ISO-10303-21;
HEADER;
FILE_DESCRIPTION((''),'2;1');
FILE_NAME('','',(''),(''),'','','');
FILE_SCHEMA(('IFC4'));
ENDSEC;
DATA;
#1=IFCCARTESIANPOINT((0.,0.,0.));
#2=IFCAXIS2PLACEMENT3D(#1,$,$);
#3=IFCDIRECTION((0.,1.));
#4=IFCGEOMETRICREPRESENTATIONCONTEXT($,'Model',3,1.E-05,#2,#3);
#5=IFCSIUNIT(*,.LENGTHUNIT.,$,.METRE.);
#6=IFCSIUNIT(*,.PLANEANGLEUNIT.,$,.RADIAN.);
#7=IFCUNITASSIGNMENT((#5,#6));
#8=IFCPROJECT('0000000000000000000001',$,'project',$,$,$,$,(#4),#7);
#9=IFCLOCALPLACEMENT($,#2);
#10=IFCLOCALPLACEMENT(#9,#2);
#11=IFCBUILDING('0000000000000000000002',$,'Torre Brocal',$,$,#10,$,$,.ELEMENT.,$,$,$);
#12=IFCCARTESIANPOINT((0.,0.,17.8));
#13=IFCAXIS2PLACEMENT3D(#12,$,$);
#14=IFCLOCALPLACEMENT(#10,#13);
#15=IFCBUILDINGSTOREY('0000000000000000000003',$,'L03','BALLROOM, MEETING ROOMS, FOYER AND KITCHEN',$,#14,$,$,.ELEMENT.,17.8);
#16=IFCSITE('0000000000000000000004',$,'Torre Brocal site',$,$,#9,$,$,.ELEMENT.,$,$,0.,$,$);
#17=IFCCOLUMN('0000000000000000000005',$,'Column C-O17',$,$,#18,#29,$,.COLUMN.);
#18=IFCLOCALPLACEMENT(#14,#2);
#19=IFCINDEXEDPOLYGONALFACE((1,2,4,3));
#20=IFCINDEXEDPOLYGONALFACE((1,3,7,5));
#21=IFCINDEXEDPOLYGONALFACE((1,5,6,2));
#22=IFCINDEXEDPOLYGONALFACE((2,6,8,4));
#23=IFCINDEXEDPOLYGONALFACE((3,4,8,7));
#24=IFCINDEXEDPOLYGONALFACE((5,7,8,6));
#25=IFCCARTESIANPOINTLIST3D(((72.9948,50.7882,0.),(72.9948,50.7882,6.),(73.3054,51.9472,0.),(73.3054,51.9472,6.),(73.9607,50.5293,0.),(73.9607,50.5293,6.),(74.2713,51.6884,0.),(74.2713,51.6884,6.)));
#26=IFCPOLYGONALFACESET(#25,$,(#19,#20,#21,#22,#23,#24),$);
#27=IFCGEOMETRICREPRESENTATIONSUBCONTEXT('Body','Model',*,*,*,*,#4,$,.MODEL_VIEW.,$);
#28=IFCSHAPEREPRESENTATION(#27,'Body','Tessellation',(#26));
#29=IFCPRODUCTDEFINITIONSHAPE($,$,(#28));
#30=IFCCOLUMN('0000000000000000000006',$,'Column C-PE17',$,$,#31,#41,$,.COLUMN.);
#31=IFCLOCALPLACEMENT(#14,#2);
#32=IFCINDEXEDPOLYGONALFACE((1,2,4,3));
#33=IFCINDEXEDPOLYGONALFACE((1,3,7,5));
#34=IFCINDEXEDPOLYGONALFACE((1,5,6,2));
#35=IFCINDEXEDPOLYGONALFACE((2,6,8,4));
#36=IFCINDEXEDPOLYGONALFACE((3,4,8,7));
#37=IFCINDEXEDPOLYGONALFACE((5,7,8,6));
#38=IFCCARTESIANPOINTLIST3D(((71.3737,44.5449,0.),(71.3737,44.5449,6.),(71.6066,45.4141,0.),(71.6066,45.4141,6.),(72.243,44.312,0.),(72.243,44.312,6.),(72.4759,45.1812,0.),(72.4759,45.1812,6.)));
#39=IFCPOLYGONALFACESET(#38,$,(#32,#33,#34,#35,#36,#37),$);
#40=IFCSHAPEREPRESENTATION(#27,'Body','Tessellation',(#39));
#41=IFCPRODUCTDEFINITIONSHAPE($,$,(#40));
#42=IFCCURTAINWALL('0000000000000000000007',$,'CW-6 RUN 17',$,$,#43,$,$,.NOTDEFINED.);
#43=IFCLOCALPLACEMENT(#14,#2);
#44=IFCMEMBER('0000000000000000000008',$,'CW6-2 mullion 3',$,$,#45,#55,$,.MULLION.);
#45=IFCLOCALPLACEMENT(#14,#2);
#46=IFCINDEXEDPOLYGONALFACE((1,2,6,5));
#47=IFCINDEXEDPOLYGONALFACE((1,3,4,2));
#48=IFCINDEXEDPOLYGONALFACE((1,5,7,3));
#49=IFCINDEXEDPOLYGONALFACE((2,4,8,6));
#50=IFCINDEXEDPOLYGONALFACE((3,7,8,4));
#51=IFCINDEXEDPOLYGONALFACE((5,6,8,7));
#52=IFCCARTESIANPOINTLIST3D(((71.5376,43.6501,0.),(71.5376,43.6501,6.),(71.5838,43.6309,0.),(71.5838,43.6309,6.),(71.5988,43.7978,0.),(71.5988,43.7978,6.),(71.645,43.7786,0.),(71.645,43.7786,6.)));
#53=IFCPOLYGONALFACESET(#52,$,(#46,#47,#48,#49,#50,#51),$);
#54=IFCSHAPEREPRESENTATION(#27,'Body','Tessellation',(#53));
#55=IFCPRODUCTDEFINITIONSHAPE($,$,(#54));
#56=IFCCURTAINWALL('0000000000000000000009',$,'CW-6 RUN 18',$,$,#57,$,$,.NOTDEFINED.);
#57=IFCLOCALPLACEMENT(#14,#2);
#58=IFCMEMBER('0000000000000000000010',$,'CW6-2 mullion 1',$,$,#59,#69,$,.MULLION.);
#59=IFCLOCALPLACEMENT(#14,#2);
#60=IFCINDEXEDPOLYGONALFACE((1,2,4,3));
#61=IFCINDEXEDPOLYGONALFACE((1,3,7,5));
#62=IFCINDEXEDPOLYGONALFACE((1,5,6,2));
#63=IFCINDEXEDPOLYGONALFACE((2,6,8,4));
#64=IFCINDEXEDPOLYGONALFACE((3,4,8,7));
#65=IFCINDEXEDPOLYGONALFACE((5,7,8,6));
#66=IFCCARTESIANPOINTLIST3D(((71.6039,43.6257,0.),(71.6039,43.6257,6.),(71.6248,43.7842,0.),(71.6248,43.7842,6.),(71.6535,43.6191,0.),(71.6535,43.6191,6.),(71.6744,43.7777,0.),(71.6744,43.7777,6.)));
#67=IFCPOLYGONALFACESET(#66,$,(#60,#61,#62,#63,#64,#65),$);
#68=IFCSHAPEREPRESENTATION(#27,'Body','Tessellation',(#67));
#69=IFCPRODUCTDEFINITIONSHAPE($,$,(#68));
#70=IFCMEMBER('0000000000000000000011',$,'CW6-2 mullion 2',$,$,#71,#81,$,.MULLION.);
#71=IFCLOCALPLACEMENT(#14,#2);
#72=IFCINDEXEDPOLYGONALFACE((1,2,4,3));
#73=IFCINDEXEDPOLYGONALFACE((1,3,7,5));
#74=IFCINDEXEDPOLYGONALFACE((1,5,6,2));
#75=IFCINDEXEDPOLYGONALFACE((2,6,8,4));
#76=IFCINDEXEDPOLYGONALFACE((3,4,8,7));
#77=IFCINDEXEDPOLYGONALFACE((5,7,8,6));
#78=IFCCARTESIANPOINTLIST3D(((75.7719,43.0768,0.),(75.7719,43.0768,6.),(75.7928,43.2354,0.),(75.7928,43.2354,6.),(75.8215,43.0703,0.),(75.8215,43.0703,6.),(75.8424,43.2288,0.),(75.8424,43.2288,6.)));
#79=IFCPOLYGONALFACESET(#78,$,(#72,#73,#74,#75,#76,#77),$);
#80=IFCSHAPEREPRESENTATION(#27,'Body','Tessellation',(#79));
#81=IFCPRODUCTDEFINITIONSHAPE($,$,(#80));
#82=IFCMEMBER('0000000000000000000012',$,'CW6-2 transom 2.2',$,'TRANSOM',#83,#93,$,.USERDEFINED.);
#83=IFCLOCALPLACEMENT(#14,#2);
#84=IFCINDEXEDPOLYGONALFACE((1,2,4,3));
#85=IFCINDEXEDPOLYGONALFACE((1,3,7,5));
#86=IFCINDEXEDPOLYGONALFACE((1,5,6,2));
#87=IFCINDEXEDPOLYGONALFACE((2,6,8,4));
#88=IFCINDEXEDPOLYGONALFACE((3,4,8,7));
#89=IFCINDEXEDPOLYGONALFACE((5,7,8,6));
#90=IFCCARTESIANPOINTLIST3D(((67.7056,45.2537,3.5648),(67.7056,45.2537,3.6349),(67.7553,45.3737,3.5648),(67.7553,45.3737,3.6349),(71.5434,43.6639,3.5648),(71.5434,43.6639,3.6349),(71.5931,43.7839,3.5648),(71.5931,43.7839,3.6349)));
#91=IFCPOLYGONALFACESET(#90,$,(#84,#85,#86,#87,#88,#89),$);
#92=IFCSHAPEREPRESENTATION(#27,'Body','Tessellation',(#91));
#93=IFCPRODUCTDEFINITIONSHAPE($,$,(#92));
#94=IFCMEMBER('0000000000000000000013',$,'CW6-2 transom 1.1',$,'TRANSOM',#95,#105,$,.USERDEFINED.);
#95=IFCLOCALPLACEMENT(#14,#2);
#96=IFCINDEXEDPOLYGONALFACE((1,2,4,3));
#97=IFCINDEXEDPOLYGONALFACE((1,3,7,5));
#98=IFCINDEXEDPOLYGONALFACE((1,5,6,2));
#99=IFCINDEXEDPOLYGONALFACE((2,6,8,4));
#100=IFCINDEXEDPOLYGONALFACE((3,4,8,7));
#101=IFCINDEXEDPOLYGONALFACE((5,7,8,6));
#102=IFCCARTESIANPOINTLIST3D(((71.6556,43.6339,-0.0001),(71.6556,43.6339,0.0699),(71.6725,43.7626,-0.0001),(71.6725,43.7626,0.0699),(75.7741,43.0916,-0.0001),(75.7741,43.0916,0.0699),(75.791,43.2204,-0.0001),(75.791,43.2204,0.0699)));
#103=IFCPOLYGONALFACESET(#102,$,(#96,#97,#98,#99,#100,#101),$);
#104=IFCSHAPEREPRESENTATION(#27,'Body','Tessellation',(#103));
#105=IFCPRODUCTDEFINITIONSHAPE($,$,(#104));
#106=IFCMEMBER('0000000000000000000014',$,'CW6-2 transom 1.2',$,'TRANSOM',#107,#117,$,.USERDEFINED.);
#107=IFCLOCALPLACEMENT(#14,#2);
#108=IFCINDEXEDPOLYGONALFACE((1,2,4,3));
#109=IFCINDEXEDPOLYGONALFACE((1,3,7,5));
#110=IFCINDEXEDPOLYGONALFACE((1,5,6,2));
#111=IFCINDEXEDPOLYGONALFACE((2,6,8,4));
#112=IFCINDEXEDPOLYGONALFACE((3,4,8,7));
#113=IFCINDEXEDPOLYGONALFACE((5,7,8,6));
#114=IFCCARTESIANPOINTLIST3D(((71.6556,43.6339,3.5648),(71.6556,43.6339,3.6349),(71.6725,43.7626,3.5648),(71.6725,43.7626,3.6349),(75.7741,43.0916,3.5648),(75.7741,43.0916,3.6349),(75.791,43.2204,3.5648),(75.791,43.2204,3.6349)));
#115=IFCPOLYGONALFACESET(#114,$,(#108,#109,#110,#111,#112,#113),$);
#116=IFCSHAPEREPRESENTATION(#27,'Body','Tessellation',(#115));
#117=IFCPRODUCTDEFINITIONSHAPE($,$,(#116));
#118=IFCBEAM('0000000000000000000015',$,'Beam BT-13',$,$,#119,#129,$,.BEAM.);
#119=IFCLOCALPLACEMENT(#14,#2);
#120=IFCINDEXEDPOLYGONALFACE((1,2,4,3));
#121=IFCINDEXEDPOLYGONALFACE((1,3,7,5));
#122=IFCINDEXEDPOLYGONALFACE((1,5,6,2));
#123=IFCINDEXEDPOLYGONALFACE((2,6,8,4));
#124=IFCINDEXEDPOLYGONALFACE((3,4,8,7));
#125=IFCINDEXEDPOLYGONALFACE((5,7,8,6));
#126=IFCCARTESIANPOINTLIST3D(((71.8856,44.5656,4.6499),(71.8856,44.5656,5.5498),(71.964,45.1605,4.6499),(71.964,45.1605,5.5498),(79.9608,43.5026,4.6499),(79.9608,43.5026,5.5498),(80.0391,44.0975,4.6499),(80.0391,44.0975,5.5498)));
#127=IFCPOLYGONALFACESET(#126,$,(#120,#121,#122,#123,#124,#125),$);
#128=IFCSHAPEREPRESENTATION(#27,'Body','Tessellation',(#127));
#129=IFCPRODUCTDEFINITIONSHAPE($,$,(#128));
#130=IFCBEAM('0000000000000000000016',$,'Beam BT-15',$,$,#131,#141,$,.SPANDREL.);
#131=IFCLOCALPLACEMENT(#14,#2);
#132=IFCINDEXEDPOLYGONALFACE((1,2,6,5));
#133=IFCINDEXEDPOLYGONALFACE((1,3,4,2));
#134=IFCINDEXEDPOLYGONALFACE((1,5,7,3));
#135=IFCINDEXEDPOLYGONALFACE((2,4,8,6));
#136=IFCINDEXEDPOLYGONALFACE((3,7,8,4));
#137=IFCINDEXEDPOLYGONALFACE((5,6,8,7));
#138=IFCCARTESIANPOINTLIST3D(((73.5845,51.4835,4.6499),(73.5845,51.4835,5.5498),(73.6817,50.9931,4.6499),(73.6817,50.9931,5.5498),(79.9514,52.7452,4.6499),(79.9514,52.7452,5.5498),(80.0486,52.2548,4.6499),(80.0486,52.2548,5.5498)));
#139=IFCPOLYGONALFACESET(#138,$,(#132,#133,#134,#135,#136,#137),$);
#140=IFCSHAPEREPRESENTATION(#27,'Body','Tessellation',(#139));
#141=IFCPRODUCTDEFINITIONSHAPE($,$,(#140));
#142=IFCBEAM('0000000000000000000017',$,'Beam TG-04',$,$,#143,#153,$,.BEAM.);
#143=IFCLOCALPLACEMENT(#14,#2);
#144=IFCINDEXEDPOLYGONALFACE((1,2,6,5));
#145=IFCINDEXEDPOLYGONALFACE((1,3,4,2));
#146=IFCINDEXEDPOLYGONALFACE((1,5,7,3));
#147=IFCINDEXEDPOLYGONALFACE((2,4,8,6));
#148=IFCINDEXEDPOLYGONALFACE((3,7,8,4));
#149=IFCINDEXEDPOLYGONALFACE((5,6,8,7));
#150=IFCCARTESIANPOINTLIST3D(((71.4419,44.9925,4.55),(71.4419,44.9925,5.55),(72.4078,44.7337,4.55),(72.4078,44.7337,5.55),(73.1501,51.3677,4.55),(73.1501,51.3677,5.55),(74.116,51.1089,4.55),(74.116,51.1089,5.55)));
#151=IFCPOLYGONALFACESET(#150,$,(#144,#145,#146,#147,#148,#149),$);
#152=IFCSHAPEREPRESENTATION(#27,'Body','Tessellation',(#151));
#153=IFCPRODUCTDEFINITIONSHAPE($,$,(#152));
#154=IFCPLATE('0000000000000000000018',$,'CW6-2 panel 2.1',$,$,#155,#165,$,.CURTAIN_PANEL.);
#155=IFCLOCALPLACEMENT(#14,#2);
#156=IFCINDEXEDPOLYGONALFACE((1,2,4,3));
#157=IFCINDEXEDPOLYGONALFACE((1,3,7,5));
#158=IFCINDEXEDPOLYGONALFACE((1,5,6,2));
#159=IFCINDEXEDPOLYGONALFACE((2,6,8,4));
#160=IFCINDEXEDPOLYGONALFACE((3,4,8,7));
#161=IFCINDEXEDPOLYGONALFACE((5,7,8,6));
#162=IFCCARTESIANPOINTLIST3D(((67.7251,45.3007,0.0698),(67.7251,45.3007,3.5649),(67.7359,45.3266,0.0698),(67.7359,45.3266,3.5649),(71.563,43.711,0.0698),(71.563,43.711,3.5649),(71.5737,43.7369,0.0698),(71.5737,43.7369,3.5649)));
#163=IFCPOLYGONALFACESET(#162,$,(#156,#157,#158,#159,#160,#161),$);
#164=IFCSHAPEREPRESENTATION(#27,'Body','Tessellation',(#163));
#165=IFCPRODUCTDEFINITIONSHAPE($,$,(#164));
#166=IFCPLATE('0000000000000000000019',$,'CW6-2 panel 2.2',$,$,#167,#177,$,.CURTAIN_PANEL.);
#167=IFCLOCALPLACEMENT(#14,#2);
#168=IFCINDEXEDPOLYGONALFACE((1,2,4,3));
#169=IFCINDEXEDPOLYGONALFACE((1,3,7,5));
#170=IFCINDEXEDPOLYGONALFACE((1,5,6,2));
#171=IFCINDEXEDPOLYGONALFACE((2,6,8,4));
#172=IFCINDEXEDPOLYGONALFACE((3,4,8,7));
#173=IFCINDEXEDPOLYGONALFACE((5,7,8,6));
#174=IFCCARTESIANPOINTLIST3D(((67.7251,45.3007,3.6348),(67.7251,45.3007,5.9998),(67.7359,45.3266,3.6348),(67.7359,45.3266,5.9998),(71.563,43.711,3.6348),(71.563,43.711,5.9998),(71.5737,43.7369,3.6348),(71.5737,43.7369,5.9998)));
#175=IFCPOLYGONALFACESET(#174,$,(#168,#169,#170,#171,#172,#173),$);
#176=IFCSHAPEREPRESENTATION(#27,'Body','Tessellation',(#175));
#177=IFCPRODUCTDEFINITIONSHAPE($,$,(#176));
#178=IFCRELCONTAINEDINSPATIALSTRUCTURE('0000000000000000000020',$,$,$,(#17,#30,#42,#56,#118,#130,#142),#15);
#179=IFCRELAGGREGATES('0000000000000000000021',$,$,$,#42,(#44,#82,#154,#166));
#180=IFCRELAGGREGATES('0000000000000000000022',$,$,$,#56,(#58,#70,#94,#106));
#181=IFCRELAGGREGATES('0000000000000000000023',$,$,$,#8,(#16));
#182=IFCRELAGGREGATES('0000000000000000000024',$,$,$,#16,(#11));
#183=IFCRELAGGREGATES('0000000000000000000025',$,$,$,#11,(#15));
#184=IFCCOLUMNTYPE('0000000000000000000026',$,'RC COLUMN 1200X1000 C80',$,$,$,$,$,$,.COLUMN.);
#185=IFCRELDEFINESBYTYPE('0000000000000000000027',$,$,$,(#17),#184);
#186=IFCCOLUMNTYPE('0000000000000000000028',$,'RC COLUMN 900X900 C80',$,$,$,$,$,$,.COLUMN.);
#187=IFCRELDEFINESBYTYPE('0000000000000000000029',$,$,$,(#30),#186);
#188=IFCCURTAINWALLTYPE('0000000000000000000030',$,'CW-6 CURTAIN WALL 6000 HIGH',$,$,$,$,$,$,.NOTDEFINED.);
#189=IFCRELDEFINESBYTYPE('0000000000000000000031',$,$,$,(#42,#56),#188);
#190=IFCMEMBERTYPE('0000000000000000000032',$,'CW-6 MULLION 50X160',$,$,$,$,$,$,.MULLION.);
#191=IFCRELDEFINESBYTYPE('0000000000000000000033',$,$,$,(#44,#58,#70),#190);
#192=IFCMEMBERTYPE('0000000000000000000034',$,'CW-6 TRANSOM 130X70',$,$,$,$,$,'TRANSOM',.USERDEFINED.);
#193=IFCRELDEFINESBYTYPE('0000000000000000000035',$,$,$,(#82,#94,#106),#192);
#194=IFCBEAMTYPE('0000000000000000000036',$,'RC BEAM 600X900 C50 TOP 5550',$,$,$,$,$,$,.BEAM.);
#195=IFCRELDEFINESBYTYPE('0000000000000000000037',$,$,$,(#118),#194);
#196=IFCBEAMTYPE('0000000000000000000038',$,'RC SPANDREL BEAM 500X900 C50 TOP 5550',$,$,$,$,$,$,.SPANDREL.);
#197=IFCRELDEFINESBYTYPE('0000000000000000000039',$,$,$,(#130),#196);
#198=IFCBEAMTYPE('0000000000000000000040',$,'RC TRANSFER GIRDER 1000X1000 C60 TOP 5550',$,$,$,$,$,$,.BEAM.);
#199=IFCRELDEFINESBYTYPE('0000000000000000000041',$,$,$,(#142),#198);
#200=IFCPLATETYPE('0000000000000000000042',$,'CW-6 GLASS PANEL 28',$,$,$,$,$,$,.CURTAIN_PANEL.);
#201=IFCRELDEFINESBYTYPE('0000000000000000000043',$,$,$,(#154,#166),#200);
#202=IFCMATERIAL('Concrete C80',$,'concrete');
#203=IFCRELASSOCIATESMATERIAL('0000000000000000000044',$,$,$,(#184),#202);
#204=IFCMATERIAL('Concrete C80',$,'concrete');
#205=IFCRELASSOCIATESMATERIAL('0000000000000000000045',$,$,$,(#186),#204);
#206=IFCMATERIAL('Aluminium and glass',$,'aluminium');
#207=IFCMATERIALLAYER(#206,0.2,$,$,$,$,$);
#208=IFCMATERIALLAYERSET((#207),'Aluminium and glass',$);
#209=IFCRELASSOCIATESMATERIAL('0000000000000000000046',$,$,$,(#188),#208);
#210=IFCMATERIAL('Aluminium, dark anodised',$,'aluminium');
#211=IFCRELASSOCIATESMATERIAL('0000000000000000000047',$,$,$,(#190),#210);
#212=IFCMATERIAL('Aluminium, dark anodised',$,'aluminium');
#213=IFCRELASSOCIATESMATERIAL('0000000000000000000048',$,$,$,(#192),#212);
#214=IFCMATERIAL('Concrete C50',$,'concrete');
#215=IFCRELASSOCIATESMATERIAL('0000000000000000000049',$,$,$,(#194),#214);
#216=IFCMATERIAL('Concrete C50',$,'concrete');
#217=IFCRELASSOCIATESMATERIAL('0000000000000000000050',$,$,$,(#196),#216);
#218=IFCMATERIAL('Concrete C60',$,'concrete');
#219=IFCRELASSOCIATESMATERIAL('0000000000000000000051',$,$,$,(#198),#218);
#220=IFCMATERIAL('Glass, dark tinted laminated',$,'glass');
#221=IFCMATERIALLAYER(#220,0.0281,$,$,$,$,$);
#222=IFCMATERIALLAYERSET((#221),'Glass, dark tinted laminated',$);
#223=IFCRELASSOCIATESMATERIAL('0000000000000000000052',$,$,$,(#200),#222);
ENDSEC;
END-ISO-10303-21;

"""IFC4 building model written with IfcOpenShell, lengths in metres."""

from ifc_helpers import new_model, si_unit, direction, frame, origin, origin_2d, place, context, subcontext, project, spatial, rectangle, extrude, material, layer, layer_set, material_profile, profile_set, type_object, element, aggregate, save


model = new_model("IFC4")

# Units and contexts
model_context = context("Model", 3, precision=1e-05, world=origin(), true_north=direction((0.0, 1.0)))
body_context = subcontext(model_context, "Body", "Model", "MODEL_VIEW")
ifc_project = project(units=[si_unit("LENGTHUNIT", "METRE"), si_unit("PLANEANGLEUNIT", "RADIAN")], contexts=[model_context])

# Site, building, storey
site_placement = place(None, origin())
site = spatial("IfcSite", under=ifc_project, at=site_placement, Name="Torre Brocal site", CompositionType="ELEMENT", RefElevation=0.0)
building_placement = place(site_placement, origin())
building = spatial("IfcBuilding", under=site, at=building_placement, Name="Torre Brocal", CompositionType="ELEMENT")
storey_placement = place(building_placement, frame((0.0, 0.0, 17.8)))
storey = spatial("IfcBuildingStorey", under=building, at=storey_placement, Name="L03", Description="BALLROOM, MEETING ROOMS, FOYER AND KITCHEN", CompositionType="ELEMENT", Elevation=17.8)

# Columns
ifc_material_1 = material(Name="Concrete C80", Category="concrete")
ifc_material_profile_1 = material_profile(ifc_material_1, rectangle(XDim=1.2, YDim=1.0, at=origin_2d()), Name="RC 1200X1000")
ifc_profile_set_1 = profile_set([ifc_material_profile_1], Name="Concrete C80")
column_type_1 = type_object("IfcColumnType", Name="RC COLUMN 1200X1000 C80", PredefinedType="COLUMN", material=ifc_profile_set_1)
column_1_placement = place(storey_placement, frame((73.6331, 51.2383, 0.0), z_axis=(0.0, 0.0, 1.0), x_axis=(-0.258819, -0.965926, 0.0)))
element("IfcColumn", 1, at=column_1_placement, inside=storey, type_object=column_type_1, Name="Column C-O17", PredefinedType="COLUMN", context=body_context, shape_type="SweptSolid", body=[
    extrude(rectangle(XDim=1.2, YDim=1.0, at=origin_2d()), origin(), (0.0, 0.0, 1.0), 6.0),
])
ifc_material_2 = material(Name="Concrete C80", Category="concrete")
ifc_material_profile_2 = material_profile(ifc_material_2, rectangle(XDim=0.8999, YDim=0.8999, at=origin_2d()), Name="RC 900X900")
ifc_profile_set_2 = profile_set([ifc_material_profile_2], Name="Concrete C80")
column_type_2 = type_object("IfcColumnType", Name="RC COLUMN 900X900 C80", PredefinedType="COLUMN", material=ifc_profile_set_2)
column_2_placement = place(storey_placement, frame((71.9248, 44.863, 0.0), z_axis=(0.0, 0.0, 1.0), x_axis=(-0.258819, -0.965926, 0.0)))
element("IfcColumn", 2, at=column_2_placement, inside=storey, type_object=column_type_2, Name="Column C-PE17", PredefinedType="COLUMN", context=body_context, shape_type="SweptSolid", body=[
    extrude(rectangle(XDim=0.8999, YDim=0.8999, at=origin_2d()), origin(), (0.0, 0.0, 1.0), 6.0),
])

# Curtain wall, member
ifc_material_3 = material(Name="Aluminium and glass", Category="aluminium")
ifc_layer_1 = layer(ifc_material_3, 0.2)
ifc_layer_set_1 = layer_set([ifc_layer_1], Name="Aluminium and glass")
curtain_wall_type = type_object("IfcCurtainWallType", Name="CW-6 CURTAIN WALL 6000 HIGH", PredefinedType="NOTDEFINED", material=ifc_layer_set_1)
curtain_wall_1_placement = place(storey_placement, origin())
curtain_wall_1 = element("IfcCurtainWall", 3, at=curtain_wall_1_placement, inside=storey, type_object=curtain_wall_type, Name="CW-6 RUN 17", PredefinedType="NOTDEFINED")
ifc_material_4 = material(Name="Aluminium, dark anodised", Category="aluminium")
ifc_material_profile_3 = material_profile(ifc_material_4, rectangle(XDim=0.1599, YDim=0.05, at=origin_2d()), Name="CW-6 MULLION 50X160")
ifc_profile_set_3 = profile_set([ifc_material_profile_3], Name="Aluminium, dark anodised")
member_type_1 = type_object("IfcMemberType", Name="CW-6 MULLION 50X160", PredefinedType="MULLION", material=ifc_profile_set_3)
member_1_placement = place(storey_placement, frame((71.5913, 43.7144, 0.0), z_axis=(0.0, 0.0, 1.0), x_axis=(0.382683, 0.92388, 0.0)))
member_1 = element("IfcMember", 4, at=member_1_placement, type_object=member_type_1, Name="CW6-2 mullion 3", PredefinedType="MULLION", context=body_context, shape_type="SweptSolid", body=[
    extrude(rectangle(XDim=0.1599, YDim=0.05, at=origin_2d()), origin(), (0.0, 0.0, 1.0), 6.0),
])

# Curtain wall, members
curtain_wall_2_placement = place(storey_placement, origin())
curtain_wall_2 = element("IfcCurtainWall", 5, at=curtain_wall_2_placement, inside=storey, type_object=curtain_wall_type, Name="CW-6 RUN 18", PredefinedType="NOTDEFINED")
member_2_placement = place(storey_placement, frame((71.6392, 43.7017, 0.0), z_axis=(0.0, 0.0, 1.0), x_axis=(0.130526, 0.991445, 0.0)))
member_2 = element("IfcMember", 6, at=member_2_placement, type_object=member_type_1, Name="CW6-2 mullion 1", PredefinedType="MULLION", context=body_context, shape_type="SweptSolid", body=[
    extrude(rectangle(XDim=0.1599, YDim=0.05, at=origin_2d()), origin(), (0.0, 0.0, 1.0), 6.0),
])
member_3_placement = place(storey_placement, frame((75.8071, 43.1528, 0.0), z_axis=(0.0, 0.0, 1.0), x_axis=(0.130526, 0.991445, 0.0)))
member_3 = element("IfcMember", 7, at=member_3_placement, type_object=member_type_1, Name="CW6-2 mullion 2", PredefinedType="MULLION", context=body_context, shape_type="SweptSolid", body=[
    extrude(rectangle(XDim=0.1599, YDim=0.05, at=origin_2d()), origin(), (0.0, 0.0, 1.0), 6.0),
])

# Members
ifc_material_5 = material(Name="Aluminium, dark anodised", Category="aluminium")
ifc_material_profile_4 = material_profile(ifc_material_5, rectangle(XDim=0.1299, YDim=0.0701, at=origin_2d()), Name="CW-6 TRANSOM 130X70")
ifc_profile_set_4 = profile_set([ifc_material_profile_4], Name="Aluminium, dark anodised")
member_type_2 = type_object("IfcMemberType", Name="CW-6 TRANSOM 130X70", ElementType="TRANSOM", PredefinedType="USERDEFINED", material=ifc_profile_set_4)
member_4_placement = place(storey_placement, frame((67.7305, 45.3137, 3.5999), z_axis=(0.923868, -0.382712, 0.0), x_axis=(0.382712, 0.923868, 0.0)))
member_4 = element("IfcMember", 8, at=member_4_placement, type_object=member_type_2, Name="CW6-2 transom 2.2", ObjectType="TRANSOM", PredefinedType="USERDEFINED", context=body_context, shape_type="SweptSolid", body=[
    extrude(rectangle(XDim=0.1299, YDim=0.0701, at=origin_2d()), origin(), (0.0, 0.0, 1.0), 4.1541),
])
member_5_placement = place(storey_placement, frame((71.6641, 43.6982, 0.0349), z_axis=(0.991444, -0.130535, 0.0), x_axis=(0.130535, 0.991444, 0.0)))
member_5 = element("IfcMember", 9, at=member_5_placement, type_object=member_type_2, Name="CW6-2 transom 1.1", ObjectType="TRANSOM", PredefinedType="USERDEFINED", context=body_context, shape_type="SweptSolid", body=[
    extrude(rectangle(XDim=0.1299, YDim=0.0701, at=origin_2d()), origin(), (0.0, 0.0, 1.0), 4.1541),
])
member_6_placement = place(storey_placement, frame((71.6641, 43.6982, 3.5999), z_axis=(0.991444, -0.130535, 0.0), x_axis=(0.130535, 0.991444, 0.0)))
member_6 = element("IfcMember", 10, at=member_6_placement, type_object=member_type_2, Name="CW6-2 transom 1.2", ObjectType="TRANSOM", PredefinedType="USERDEFINED", context=body_context, shape_type="SweptSolid", body=[
    extrude(rectangle(XDim=0.1299, YDim=0.0701, at=origin_2d()), origin(), (0.0, 0.0, 1.0), 4.1541),
])

# Beams
ifc_material_6 = material(Name="Concrete C50", Category="concrete")
ifc_material_profile_5 = material_profile(ifc_material_6, rectangle(XDim=0.6001, YDim=0.8999, at=origin_2d()), Name="RC 600X900")
ifc_profile_set_5 = profile_set([ifc_material_profile_5], Name="Concrete C50")
beam_type_1 = type_object("IfcBeamType", Name="RC BEAM 600X900 C50 TOP 5550", PredefinedType="BEAM", material=ifc_profile_set_5)
beam_1_placement = place(storey_placement, frame((71.9248, 44.863, 5.0999), z_axis=(0.991447, -0.13051, 0.0), x_axis=(0.13051, 0.991447, 0.0)))
element("IfcBeam", 11, at=beam_1_placement, inside=storey, type_object=beam_type_1, Name="Beam BT-13", PredefinedType="BEAM", context=body_context, shape_type="SweptSolid", body=[
    extrude(rectangle(XDim=0.6001, YDim=0.8999, at=origin_2d()), origin(), (0.0, 0.0, 1.0), 8.1448),
])
ifc_material_7 = material(Name="Concrete C50", Category="concrete")
ifc_material_profile_6 = material_profile(ifc_material_7, rectangle(XDim=0.5, YDim=0.8999, at=origin_2d()), Name="RC 500X900")
ifc_profile_set_6 = profile_set([ifc_material_profile_6], Name="Concrete C50")
beam_type_2 = type_object("IfcBeamType", Name="RC SPANDREL BEAM 500X900 C50 TOP 5550", PredefinedType="SPANDREL", material=ifc_profile_set_6)
beam_2_placement = place(storey_placement, frame((73.6331, 51.2383, 5.0999), z_axis=(0.980925, 0.194387, 0.0), x_axis=(-0.194387, 0.980925, 0.0)))
element("IfcBeam", 12, at=beam_2_placement, inside=storey, type_object=beam_type_2, Name="Beam BT-15", PredefinedType="SPANDREL", context=body_context, shape_type="SweptSolid", body=[
    extrude(rectangle(XDim=0.5, YDim=0.8999, at=origin_2d()), origin(), (0.0, 0.0, 1.0), 6.4907),
])
ifc_material_8 = material(Name="Concrete C60", Category="concrete")
ifc_material_profile_7 = material_profile(ifc_material_8, rectangle(XDim=1.0, YDim=1.0, at=origin_2d()), Name="RC 1000X1000")
ifc_profile_set_7 = profile_set([ifc_material_profile_7], Name="Concrete C60")
beam_type_3 = type_object("IfcBeamType", Name="RC TRANSFER GIRDER 1000X1000 C60 TOP 5550", PredefinedType="BEAM", material=ifc_profile_set_7)
beam_3_placement = place(storey_placement, frame((73.6331, 51.2383, 5.05), z_axis=(-0.258821, -0.965925, 0.0), x_axis=(0.965925, -0.258821, 0.0)))
element("IfcBeam", 13, at=beam_3_placement, inside=storey, type_object=beam_type_3, Name="Beam TG-04", PredefinedType="BEAM", context=body_context, shape_type="SweptSolid", body=[
    extrude(rectangle(XDim=1.0, YDim=1.0, at=origin_2d()), origin(), (0.0, 0.0, 1.0), 6.6001),
])

# Plates
ifc_material_9 = material(Name="Glass, dark tinted laminated", Category="glass")
ifc_layer_2 = layer(ifc_material_9, 0.0281)
ifc_layer_set_2 = layer_set([ifc_layer_2], Name="Glass, dark tinted laminated")
plate_type = type_object("IfcPlateType", Name="CW-6 GLASS PANEL 28", PredefinedType="CURTAIN_PANEL", material=ifc_layer_set_2)
plate_1_placement = place(storey_placement, frame((69.6494, 44.5188, 0.0698), z_axis=(0.0, 0.0, 1.0), x_axis=(0.92388, -0.382683, 0.0)))
plate_1 = element("IfcPlate", 14, at=plate_1_placement, type_object=plate_type, Name="CW6-2 panel 2.1", PredefinedType="CURTAIN_PANEL", context=body_context, shape_type="SweptSolid", body=[
    extrude(rectangle(XDim=4.1541, YDim=0.0281, at=origin_2d()), origin(), (0.0, 0.0, 1.0), 3.4951),
])
plate_2_placement = place(storey_placement, frame((69.6494, 44.5188, 3.6348), z_axis=(0.0, 0.0, 1.0), x_axis=(0.92388, -0.382683, 0.0)))
plate_2 = element("IfcPlate", 15, at=plate_2_placement, type_object=plate_type, Name="CW6-2 panel 2.2", PredefinedType="CURTAIN_PANEL", context=body_context, shape_type="SweptSolid", body=[
    extrude(rectangle(XDim=4.1541, YDim=0.0281, at=origin_2d()), origin(), (0.0, 0.0, 1.0), 2.365),
])
aggregate(curtain_wall_1, [member_1, member_4, plate_1, plate_2])
aggregate(curtain_wall_2, [member_2, member_3, member_5, member_6])

save(model, "model.ifc")
